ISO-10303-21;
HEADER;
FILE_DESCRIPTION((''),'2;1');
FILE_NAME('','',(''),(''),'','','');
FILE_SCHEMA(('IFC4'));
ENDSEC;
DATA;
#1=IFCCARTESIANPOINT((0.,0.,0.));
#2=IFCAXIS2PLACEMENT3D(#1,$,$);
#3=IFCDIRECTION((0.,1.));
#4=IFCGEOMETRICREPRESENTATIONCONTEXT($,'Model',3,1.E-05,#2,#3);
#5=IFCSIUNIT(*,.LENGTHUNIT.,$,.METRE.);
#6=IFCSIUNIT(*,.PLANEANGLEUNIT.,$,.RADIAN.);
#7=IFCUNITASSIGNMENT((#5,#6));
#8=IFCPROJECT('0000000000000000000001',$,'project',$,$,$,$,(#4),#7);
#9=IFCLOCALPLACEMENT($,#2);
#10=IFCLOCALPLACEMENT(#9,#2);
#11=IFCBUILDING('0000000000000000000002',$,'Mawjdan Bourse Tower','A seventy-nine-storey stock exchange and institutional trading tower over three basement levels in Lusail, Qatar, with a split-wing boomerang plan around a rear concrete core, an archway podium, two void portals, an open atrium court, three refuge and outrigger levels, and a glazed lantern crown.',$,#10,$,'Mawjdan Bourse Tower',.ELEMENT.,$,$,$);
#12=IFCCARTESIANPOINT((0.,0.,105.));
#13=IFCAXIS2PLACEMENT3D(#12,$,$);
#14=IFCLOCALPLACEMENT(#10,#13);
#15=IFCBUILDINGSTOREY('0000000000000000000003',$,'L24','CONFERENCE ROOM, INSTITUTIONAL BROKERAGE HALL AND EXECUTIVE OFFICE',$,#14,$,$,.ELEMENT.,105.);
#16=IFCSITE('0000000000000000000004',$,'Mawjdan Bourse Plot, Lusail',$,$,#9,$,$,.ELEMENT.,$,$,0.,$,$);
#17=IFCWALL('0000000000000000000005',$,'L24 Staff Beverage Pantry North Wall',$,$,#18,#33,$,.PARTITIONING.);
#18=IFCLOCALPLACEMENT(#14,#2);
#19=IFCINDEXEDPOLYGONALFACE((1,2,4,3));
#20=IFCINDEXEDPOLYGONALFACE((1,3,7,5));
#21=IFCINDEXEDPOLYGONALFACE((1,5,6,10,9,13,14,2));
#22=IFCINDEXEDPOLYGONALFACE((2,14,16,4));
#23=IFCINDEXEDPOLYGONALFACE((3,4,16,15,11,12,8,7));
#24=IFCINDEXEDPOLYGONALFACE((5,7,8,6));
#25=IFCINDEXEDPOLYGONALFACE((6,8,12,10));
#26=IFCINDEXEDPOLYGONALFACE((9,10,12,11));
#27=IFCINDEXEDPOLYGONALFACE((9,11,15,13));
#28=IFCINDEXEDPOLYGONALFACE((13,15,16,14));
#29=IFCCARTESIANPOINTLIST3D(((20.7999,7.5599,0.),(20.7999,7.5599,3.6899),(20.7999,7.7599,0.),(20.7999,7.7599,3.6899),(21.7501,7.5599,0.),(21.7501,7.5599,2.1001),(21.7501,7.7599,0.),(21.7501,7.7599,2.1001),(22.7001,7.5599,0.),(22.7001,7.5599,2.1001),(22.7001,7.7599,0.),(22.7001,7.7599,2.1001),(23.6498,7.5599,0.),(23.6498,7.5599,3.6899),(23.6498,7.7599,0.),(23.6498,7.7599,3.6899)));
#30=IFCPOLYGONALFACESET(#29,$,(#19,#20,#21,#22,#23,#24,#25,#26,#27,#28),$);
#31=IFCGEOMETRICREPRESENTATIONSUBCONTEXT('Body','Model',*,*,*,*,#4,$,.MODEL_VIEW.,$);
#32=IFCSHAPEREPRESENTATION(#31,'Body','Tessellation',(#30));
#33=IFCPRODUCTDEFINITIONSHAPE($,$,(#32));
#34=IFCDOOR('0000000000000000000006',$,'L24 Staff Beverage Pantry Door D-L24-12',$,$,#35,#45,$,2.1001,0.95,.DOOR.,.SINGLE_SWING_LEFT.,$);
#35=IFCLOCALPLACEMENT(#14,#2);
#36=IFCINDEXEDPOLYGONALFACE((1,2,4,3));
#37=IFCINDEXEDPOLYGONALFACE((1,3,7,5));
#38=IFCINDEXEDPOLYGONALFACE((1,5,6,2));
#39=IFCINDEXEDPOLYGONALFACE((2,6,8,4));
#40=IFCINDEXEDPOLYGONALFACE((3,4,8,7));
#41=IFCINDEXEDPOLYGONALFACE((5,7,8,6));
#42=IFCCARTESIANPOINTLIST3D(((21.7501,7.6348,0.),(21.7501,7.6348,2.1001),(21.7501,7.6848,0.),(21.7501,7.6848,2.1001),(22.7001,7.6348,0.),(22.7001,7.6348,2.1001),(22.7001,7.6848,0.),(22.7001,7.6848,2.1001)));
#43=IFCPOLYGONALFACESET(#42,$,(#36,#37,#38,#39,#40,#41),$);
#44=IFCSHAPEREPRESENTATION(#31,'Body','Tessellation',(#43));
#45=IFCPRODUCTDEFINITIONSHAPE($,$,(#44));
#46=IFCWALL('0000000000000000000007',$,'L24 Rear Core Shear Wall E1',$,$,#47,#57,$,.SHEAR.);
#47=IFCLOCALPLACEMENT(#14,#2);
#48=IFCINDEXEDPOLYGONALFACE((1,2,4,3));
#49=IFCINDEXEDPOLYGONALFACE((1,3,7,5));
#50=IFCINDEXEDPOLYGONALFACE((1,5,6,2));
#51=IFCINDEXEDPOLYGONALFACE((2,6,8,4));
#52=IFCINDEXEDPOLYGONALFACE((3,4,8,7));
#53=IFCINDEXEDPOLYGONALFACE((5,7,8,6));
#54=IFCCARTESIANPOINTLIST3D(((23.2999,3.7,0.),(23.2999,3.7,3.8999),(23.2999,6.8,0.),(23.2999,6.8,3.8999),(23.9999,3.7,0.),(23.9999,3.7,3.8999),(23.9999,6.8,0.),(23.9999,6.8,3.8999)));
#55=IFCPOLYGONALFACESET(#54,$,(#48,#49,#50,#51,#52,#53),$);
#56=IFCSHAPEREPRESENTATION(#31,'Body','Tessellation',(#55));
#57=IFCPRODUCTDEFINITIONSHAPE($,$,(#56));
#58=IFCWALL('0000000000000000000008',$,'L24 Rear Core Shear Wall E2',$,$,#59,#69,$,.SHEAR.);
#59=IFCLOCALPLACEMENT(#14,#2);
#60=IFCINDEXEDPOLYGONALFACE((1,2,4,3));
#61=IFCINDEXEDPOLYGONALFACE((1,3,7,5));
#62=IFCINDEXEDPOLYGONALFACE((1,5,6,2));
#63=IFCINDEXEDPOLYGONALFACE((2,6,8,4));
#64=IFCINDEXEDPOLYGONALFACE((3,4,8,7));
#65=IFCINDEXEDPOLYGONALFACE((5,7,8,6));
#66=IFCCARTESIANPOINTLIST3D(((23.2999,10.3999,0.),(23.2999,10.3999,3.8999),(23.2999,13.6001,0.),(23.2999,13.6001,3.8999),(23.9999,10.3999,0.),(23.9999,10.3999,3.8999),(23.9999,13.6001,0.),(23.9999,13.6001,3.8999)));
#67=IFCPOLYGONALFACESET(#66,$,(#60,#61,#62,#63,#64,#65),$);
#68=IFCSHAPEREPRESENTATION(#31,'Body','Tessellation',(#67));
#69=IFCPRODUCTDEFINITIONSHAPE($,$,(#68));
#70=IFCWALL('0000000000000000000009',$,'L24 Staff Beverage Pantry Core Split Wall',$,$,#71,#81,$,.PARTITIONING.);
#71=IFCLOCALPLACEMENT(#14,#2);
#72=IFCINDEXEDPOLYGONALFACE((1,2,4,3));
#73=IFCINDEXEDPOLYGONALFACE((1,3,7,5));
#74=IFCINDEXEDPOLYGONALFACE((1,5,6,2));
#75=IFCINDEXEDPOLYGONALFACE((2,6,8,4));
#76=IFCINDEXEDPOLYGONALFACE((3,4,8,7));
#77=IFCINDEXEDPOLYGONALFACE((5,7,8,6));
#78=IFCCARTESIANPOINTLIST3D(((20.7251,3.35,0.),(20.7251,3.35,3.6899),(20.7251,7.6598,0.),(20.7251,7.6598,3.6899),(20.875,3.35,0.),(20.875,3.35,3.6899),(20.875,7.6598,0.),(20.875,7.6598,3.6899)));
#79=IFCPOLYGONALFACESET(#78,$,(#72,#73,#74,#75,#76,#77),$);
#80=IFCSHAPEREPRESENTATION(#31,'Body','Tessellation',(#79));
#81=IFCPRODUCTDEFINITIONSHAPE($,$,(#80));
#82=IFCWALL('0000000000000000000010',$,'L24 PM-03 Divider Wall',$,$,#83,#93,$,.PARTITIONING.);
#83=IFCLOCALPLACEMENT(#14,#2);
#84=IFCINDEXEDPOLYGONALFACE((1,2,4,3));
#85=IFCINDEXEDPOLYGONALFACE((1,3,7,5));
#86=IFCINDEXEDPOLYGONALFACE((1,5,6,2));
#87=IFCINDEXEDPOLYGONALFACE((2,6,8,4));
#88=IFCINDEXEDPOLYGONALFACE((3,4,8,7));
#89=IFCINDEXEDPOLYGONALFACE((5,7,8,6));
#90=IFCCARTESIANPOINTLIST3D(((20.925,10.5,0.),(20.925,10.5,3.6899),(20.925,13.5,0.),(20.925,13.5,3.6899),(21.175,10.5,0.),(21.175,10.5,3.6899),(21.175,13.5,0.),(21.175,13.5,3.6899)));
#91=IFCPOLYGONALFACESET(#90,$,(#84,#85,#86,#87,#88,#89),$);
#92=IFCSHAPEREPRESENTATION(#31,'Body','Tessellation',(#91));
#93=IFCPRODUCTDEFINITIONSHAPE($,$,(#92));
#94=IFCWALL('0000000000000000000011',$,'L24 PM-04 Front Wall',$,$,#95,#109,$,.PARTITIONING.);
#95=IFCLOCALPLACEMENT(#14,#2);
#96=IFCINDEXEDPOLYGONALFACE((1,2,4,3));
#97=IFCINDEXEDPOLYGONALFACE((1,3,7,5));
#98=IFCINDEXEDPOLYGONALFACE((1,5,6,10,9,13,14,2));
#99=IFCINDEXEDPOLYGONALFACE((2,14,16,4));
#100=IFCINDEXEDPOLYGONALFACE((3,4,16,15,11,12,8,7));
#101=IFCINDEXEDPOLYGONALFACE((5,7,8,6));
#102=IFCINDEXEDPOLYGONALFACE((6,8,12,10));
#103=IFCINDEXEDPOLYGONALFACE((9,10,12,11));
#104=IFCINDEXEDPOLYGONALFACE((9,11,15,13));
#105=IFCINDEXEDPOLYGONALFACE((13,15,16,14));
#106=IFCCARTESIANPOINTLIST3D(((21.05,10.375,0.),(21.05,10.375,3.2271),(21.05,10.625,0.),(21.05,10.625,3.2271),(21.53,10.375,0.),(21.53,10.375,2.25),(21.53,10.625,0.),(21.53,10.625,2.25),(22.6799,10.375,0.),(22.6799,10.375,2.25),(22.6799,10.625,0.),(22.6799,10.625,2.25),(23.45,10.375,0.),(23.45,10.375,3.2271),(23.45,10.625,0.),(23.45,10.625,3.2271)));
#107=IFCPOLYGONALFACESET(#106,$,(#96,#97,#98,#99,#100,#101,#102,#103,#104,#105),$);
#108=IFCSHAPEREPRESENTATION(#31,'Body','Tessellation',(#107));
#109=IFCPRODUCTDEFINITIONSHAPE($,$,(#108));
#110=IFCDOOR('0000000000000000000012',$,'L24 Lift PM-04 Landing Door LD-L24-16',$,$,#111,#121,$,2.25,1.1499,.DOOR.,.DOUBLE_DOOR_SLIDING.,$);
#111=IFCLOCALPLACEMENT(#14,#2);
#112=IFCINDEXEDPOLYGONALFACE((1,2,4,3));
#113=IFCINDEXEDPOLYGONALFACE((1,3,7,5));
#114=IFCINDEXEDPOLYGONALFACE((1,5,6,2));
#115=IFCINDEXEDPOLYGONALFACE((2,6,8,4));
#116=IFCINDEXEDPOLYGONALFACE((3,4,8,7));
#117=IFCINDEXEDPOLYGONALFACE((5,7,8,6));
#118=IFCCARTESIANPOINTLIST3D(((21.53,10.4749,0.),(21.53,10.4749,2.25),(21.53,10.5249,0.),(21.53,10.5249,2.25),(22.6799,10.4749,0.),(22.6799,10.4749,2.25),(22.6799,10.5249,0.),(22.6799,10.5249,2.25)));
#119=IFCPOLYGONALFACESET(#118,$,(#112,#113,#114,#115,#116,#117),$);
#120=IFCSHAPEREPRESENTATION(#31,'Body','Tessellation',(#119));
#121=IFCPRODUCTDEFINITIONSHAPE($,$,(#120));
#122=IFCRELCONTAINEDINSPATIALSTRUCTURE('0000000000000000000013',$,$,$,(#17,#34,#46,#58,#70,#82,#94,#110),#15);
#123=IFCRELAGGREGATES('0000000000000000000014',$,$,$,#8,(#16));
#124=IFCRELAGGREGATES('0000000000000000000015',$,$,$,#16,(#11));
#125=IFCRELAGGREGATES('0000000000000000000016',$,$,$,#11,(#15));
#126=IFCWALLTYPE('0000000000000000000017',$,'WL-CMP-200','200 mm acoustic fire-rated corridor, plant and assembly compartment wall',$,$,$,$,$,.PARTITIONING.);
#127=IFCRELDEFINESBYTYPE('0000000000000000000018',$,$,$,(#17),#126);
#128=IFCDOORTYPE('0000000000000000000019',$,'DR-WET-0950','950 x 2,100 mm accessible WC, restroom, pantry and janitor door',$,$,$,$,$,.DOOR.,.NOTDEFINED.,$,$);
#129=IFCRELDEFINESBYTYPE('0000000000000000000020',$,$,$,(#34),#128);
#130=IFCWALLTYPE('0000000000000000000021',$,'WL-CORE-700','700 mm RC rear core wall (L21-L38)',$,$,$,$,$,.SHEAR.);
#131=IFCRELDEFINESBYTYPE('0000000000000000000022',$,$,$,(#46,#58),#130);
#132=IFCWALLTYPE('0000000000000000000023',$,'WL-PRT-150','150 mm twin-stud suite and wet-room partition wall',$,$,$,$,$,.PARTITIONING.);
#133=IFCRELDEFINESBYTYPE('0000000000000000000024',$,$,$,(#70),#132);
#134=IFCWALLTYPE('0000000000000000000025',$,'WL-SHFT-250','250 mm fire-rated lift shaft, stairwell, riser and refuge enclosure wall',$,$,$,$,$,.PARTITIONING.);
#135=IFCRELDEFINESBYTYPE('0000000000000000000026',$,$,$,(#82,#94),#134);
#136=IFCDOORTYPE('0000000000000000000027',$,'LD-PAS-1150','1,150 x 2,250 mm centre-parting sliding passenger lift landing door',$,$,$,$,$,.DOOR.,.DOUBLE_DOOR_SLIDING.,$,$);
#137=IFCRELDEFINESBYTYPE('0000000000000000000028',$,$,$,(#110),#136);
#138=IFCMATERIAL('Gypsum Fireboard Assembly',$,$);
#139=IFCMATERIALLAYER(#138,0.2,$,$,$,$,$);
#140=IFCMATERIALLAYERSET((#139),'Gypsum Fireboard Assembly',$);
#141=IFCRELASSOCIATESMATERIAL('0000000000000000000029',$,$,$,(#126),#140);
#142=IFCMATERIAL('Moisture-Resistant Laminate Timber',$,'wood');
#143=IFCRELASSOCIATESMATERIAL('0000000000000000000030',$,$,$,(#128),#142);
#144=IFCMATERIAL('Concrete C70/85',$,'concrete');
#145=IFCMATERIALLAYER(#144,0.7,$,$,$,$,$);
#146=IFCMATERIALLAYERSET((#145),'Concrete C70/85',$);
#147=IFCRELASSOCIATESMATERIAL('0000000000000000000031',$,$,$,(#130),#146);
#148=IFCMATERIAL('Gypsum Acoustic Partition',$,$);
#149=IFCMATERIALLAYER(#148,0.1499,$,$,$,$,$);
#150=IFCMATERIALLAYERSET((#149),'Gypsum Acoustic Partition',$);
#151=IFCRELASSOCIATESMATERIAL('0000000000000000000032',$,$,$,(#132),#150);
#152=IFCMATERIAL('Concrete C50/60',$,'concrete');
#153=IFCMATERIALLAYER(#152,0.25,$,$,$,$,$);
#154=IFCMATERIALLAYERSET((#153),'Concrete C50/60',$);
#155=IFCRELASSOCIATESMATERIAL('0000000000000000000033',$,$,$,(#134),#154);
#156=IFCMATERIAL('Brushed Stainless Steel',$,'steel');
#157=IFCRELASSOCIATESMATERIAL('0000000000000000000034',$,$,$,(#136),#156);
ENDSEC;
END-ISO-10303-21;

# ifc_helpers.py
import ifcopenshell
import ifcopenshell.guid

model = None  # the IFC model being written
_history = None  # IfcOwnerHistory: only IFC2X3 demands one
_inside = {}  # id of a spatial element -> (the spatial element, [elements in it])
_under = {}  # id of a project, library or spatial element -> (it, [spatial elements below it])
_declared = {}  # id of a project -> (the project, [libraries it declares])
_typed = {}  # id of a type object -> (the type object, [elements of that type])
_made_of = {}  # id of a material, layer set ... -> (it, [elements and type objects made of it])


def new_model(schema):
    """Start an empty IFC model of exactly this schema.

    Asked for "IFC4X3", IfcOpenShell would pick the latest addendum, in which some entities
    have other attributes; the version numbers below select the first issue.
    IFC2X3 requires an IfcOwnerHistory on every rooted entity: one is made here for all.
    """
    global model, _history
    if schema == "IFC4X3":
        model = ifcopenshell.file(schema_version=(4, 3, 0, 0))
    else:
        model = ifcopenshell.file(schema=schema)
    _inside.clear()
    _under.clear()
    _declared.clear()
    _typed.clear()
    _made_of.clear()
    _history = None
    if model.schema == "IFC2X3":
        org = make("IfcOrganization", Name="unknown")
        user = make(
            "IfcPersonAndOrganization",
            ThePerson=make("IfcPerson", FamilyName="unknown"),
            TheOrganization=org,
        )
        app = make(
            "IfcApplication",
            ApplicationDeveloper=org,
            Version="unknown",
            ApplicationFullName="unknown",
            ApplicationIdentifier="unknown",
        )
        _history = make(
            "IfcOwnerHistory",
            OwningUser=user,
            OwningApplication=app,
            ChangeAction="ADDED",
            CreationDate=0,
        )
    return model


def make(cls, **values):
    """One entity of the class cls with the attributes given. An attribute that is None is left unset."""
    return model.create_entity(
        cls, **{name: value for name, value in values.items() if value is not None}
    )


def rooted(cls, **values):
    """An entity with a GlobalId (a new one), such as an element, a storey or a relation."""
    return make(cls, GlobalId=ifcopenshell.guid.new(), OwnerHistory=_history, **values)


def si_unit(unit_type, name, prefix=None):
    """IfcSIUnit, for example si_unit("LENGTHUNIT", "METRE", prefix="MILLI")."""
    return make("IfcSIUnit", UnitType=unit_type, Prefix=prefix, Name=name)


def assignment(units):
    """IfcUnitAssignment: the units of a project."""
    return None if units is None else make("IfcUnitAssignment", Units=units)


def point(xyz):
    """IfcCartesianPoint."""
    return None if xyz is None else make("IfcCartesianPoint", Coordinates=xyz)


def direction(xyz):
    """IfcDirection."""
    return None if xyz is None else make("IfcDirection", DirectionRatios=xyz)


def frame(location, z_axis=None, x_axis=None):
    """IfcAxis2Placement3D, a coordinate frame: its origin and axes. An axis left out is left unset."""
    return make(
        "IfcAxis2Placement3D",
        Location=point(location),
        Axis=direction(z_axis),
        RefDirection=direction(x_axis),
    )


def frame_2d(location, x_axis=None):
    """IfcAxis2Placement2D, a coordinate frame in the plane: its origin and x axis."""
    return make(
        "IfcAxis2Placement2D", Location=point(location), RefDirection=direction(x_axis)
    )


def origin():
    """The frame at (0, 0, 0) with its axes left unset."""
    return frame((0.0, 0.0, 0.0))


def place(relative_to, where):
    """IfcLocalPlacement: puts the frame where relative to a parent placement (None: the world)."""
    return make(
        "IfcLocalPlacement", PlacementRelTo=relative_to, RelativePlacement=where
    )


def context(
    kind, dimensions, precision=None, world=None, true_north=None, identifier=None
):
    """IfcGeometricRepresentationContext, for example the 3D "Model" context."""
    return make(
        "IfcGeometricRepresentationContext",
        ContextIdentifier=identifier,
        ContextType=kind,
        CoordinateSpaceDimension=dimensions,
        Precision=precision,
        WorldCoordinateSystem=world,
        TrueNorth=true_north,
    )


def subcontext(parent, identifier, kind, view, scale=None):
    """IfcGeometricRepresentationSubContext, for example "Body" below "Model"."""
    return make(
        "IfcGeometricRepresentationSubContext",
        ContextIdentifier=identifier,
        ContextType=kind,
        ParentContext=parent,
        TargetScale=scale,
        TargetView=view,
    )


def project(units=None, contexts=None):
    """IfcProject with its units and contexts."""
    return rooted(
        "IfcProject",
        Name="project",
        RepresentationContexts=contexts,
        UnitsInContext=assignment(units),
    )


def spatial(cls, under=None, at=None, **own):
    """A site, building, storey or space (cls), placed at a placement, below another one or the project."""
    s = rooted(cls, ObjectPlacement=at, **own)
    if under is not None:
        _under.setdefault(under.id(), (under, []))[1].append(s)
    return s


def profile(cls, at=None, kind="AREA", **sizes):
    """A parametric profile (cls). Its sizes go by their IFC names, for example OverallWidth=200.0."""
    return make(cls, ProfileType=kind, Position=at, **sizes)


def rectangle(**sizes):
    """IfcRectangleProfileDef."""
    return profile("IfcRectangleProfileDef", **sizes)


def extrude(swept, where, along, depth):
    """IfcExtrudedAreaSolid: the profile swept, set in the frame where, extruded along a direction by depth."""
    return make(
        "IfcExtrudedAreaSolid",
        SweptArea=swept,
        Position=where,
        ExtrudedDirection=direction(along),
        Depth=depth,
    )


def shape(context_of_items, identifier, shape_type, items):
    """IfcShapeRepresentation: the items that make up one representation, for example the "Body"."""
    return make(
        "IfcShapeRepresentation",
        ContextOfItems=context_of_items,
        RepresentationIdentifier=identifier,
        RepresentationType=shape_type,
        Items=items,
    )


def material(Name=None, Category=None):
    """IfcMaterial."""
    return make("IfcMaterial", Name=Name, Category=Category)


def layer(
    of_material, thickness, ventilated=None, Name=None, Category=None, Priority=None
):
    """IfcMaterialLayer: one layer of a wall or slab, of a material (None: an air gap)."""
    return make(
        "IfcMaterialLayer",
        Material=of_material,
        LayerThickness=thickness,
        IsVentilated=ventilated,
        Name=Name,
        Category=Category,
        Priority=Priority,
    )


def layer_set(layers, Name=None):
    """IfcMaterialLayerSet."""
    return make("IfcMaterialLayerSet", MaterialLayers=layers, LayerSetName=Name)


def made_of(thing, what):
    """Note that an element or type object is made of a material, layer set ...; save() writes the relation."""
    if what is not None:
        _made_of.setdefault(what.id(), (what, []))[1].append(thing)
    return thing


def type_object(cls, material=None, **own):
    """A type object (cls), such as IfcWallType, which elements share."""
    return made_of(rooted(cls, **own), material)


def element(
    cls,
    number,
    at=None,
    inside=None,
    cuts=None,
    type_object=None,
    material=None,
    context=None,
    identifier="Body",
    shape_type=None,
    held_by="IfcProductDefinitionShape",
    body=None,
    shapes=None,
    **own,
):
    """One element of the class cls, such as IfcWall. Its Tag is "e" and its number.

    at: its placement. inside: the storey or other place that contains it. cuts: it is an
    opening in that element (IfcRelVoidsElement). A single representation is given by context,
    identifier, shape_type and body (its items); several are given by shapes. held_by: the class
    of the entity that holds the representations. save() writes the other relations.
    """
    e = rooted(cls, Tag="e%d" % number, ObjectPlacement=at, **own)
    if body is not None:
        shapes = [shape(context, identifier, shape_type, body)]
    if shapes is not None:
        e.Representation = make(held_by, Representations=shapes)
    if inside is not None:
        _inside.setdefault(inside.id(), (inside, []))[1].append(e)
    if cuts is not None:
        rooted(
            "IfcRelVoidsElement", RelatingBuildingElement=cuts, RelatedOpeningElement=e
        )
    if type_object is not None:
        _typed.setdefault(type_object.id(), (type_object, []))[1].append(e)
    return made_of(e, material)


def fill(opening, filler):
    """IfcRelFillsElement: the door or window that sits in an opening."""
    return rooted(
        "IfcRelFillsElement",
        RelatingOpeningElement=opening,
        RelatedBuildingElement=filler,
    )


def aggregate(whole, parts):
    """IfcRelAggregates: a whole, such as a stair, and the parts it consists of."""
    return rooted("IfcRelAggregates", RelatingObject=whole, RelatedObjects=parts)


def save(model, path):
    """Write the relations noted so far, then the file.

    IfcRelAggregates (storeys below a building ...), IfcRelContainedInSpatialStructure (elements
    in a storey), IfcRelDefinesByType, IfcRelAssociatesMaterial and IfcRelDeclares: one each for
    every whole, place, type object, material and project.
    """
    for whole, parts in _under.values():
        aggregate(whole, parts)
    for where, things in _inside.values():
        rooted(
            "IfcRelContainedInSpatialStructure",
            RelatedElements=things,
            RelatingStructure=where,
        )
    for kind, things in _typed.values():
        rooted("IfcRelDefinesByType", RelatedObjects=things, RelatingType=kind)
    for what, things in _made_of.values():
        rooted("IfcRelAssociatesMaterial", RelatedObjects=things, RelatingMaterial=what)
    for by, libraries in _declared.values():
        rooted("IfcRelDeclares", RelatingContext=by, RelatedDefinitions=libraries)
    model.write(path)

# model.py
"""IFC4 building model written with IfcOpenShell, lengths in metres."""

from ifc_helpers import new_model, si_unit, direction, frame, frame_2d, origin, place, context, subcontext, project, spatial, rectangle, extrude, material, layer, layer_set, type_object, element, fill, save


model = new_model("IFC4")

# Units and contexts
model_context = context("Model", 3, precision=1e-05, world=origin(), true_north=direction((0.0, 1.0)))
body_context = subcontext(model_context, "Body", "Model", "MODEL_VIEW")
ifc_project = project(units=[si_unit("LENGTHUNIT", "METRE"), si_unit("PLANEANGLEUNIT", "RADIAN")], contexts=[model_context])

# Site, building, storey
site_placement = place(None, origin())
site = spatial("IfcSite", under=ifc_project, at=site_placement, Name="Mawjdan Bourse Plot, Lusail", CompositionType="ELEMENT", RefElevation=0.0)
building_placement = place(site_placement, origin())
building = spatial("IfcBuilding", under=site, at=building_placement, Name="Mawjdan Bourse Tower", Description="A seventy-nine-storey stock exchange and institutional trading tower over three basement levels in Lusail, Qatar, with a split-wing boomerang plan around a rear concrete core, an archway podium, two void portals, an open atrium court, three refuge and outrigger levels, and a glazed lantern crown.", LongName="Mawjdan Bourse Tower", CompositionType="ELEMENT")
storey_placement = place(building_placement, frame((0.0, 0.0, 105.0)))
storey = spatial("IfcBuildingStorey", under=building, at=storey_placement, Name="L24", Description="CONFERENCE ROOM, INSTITUTIONAL BROKERAGE HALL AND EXECUTIVE OFFICE", CompositionType="ELEMENT", Elevation=105.0)

# Shared definitions
ifc_material_1 = material(Name="Concrete C70/85", Category="concrete")

# Wall, opening, door
ifc_material_2 = material(Name="Gypsum Fireboard Assembly")
ifc_layer_1 = layer(ifc_material_2, 0.2)
ifc_layer_set_1 = layer_set([ifc_layer_1], Name="Gypsum Fireboard Assembly")
wall_type_1 = type_object("IfcWallType", Name="WL-CMP-200", Description="200 mm acoustic fire-rated corridor, plant and assembly compartment wall", PredefinedType="PARTITIONING", material=ifc_layer_set_1)
wall_1_placement = place(storey_placement, frame((20.8, 7.6599, 0.0), z_axis=(0.0, 0.0, 1.0), x_axis=(1.0, 0.0, 0.0)))
wall_1 = element("IfcWall", 1, at=wall_1_placement, inside=storey, type_object=wall_type_1, Name="L24 Staff Beverage Pantry North Wall", PredefinedType="PARTITIONING", context=body_context, shape_type="SweptSolid", body=[
    extrude(rectangle(XDim=2.8499, YDim=0.2, at=frame_2d((1.4248, 0.0))), origin(), (0.0, 0.0, 1.0), 3.6899),
])
opening_1_placement = place(wall_1_placement, frame((0.95, 0.0, 0.0)))
opening_1 = element("IfcOpeningElement", 2, at=opening_1_placement, cuts=wall_1, PredefinedType="OPENING", context=body_context, shape_type="SweptSolid", body=[
    extrude(rectangle(XDim=0.95, YDim=2.1001, at=frame_2d((0.4751, 1.05))), frame((0.0, 0.1099, 0.0), z_axis=(0.0, -1.0, 0.0), x_axis=(1.0, 0.0, 0.0)), (0.0, 0.0, 1.0), 0.22),
])
ifc_material_3 = material(Name="Moisture-Resistant Laminate Timber", Category="wood")
door_type_1 = type_object("IfcDoorType", Name="DR-WET-0950", Description="950 x 2,100 mm accessible WC, restroom, pantry and janitor door", OperationType="NOTDEFINED", PredefinedType="DOOR", material=ifc_material_3)
door_1_placement = place(opening_1_placement, origin())
door_1 = element("IfcDoor", 3, at=door_1_placement, inside=storey, type_object=door_type_1, Name="L24 Staff Beverage Pantry Door D-L24-12", OperationType="SINGLE_SWING_LEFT", OverallHeight=2.1001, OverallWidth=0.95, PredefinedType="DOOR", context=body_context, shape_type="SweptSolid", body=[
    extrude(rectangle(XDim=0.95, YDim=2.1001, at=frame_2d((0.4751, 1.05))), frame((0.0, 0.0249, 0.0), z_axis=(0.0, -1.0, 0.0), x_axis=(1.0, 0.0, 0.0)), (0.0, 0.0, 1.0), 0.05),
])
fill(opening_1, door_1)

# Walls
ifc_layer_2 = layer(ifc_material_1, 0.7)
ifc_layer_set_2 = layer_set([ifc_layer_2], Name="Concrete C70/85")
wall_type_2 = type_object("IfcWallType", Name="WL-CORE-700", Description="700 mm RC rear core wall (L21-L38)", PredefinedType="SHEAR", material=ifc_layer_set_2)
wall_2_placement = place(storey_placement, frame((23.6499, 3.7, 0.0), z_axis=(0.0, 0.0, 1.0), x_axis=(0.0, 1.0, 0.0)))
element("IfcWall", 4, at=wall_2_placement, inside=storey, type_object=wall_type_2, Name="L24 Rear Core Shear Wall E1", PredefinedType="SHEAR", context=body_context, shape_type="SweptSolid", body=[
    extrude(rectangle(XDim=3.1001, YDim=0.7, at=frame_2d((1.55, 0.0))), origin(), (0.0, 0.0, 1.0), 3.8999),
])
wall_3_placement = place(storey_placement, frame((23.6499, 10.3999, 0.0), z_axis=(0.0, 0.0, 1.0), x_axis=(0.0, 1.0, 0.0)))
element("IfcWall", 5, at=wall_3_placement, inside=storey, type_object=wall_type_2, Name="L24 Rear Core Shear Wall E2", PredefinedType="SHEAR", context=body_context, shape_type="SweptSolid", body=[
    extrude(rectangle(XDim=3.2002, YDim=0.7, at=frame_2d((1.6001, 0.0))), origin(), (0.0, 0.0, 1.0), 3.8999),
])
ifc_material_4 = material(Name="Gypsum Acoustic Partition")
ifc_layer_3 = layer(ifc_material_4, 0.1499)
ifc_layer_set_3 = layer_set([ifc_layer_3], Name="Gypsum Acoustic Partition")
wall_type_3 = type_object("IfcWallType", Name="WL-PRT-150", Description="150 mm twin-stud suite and wet-room partition wall", PredefinedType="PARTITIONING", material=ifc_layer_set_3)
wall_4_placement = place(storey_placement, frame((20.8, 3.3501, 0.0), z_axis=(0.0, 0.0, 1.0), x_axis=(0.0, 1.0, 0.0)))
element("IfcWall", 6, at=wall_4_placement, inside=storey, type_object=wall_type_3, Name="L24 Staff Beverage Pantry Core Split Wall", PredefinedType="PARTITIONING", context=body_context, shape_type="SweptSolid", body=[
    extrude(rectangle(XDim=4.3098, YDim=0.1499, at=frame_2d((2.1548, 0.0))), origin(), (0.0, 0.0, 1.0), 3.6899),
])
ifc_material_5 = material(Name="Concrete C50/60", Category="concrete")
ifc_layer_4 = layer(ifc_material_5, 0.25)
ifc_layer_set_4 = layer_set([ifc_layer_4], Name="Concrete C50/60")
wall_type_4 = type_object("IfcWallType", Name="WL-SHFT-250", Description="250 mm fire-rated lift shaft, stairwell, riser and refuge enclosure wall", PredefinedType="PARTITIONING", material=ifc_layer_set_4)
wall_5_placement = place(storey_placement, frame((21.05, 10.5, 0.0), z_axis=(0.0, 0.0, 1.0), x_axis=(0.0, 1.0, 0.0)))
element("IfcWall", 7, at=wall_5_placement, inside=storey, type_object=wall_type_4, Name="L24 PM-03 Divider Wall", PredefinedType="PARTITIONING", context=body_context, shape_type="SweptSolid", body=[
    extrude(rectangle(XDim=3.0, YDim=0.25, at=frame_2d((1.5, 0.0))), origin(), (0.0, 0.0, 1.0), 3.6899),
])

# Wall, opening, door
wall_6_placement = place(storey_placement, frame((21.05, 10.5, 0.0), z_axis=(0.0, 0.0, 1.0), x_axis=(1.0, 0.0, 0.0)))
wall_6 = element("IfcWall", 8, at=wall_6_placement, inside=storey, type_object=wall_type_4, Name="L24 PM-04 Front Wall", PredefinedType="PARTITIONING", context=body_context, shape_type="SweptSolid", body=[
    extrude(rectangle(XDim=2.3999, YDim=0.25, at=frame_2d((1.2, 0.0))), origin(), (0.0, 0.0, 1.0), 3.2271),
])
opening_2_placement = place(wall_6_placement, frame((0.48, 0.0, 0.0)))
opening_2 = element("IfcOpeningElement", 9, at=opening_2_placement, cuts=wall_6, PredefinedType="OPENING", context=body_context, shape_type="SweptSolid", body=[
    extrude(rectangle(XDim=1.1499, YDim=2.25, at=frame_2d((0.575, 1.125))), frame((0.0, 0.135, 0.0), z_axis=(0.0, -1.0, 0.0), x_axis=(1.0, 0.0, 0.0)), (0.0, 0.0, 1.0), 0.27),
])
ifc_material_6 = material(Name="Brushed Stainless Steel", Category="steel")
door_type_2 = type_object("IfcDoorType", Name="LD-PAS-1150", Description="1,150 x 2,250 mm centre-parting sliding passenger lift landing door", OperationType="DOUBLE_DOOR_SLIDING", PredefinedType="DOOR", material=ifc_material_6)
door_2_placement = place(opening_2_placement, origin())
door_2 = element("IfcDoor", 10, at=door_2_placement, inside=storey, type_object=door_type_2, Name="L24 Lift PM-04 Landing Door LD-L24-16", OperationType="DOUBLE_DOOR_SLIDING", OverallHeight=2.25, OverallWidth=1.1499, PredefinedType="DOOR", context=body_context, shape_type="SweptSolid", body=[
    extrude(rectangle(XDim=1.1499, YDim=2.25, at=frame_2d((0.575, 1.125))), frame((0.0, 0.0249, 0.0), z_axis=(0.0, -1.0, 0.0), x_axis=(1.0, 0.0, 0.0)), (0.0, 0.0, 1.0), 0.05),
])
fill(opening_2, door_2)

save(model, "model.ifc")
